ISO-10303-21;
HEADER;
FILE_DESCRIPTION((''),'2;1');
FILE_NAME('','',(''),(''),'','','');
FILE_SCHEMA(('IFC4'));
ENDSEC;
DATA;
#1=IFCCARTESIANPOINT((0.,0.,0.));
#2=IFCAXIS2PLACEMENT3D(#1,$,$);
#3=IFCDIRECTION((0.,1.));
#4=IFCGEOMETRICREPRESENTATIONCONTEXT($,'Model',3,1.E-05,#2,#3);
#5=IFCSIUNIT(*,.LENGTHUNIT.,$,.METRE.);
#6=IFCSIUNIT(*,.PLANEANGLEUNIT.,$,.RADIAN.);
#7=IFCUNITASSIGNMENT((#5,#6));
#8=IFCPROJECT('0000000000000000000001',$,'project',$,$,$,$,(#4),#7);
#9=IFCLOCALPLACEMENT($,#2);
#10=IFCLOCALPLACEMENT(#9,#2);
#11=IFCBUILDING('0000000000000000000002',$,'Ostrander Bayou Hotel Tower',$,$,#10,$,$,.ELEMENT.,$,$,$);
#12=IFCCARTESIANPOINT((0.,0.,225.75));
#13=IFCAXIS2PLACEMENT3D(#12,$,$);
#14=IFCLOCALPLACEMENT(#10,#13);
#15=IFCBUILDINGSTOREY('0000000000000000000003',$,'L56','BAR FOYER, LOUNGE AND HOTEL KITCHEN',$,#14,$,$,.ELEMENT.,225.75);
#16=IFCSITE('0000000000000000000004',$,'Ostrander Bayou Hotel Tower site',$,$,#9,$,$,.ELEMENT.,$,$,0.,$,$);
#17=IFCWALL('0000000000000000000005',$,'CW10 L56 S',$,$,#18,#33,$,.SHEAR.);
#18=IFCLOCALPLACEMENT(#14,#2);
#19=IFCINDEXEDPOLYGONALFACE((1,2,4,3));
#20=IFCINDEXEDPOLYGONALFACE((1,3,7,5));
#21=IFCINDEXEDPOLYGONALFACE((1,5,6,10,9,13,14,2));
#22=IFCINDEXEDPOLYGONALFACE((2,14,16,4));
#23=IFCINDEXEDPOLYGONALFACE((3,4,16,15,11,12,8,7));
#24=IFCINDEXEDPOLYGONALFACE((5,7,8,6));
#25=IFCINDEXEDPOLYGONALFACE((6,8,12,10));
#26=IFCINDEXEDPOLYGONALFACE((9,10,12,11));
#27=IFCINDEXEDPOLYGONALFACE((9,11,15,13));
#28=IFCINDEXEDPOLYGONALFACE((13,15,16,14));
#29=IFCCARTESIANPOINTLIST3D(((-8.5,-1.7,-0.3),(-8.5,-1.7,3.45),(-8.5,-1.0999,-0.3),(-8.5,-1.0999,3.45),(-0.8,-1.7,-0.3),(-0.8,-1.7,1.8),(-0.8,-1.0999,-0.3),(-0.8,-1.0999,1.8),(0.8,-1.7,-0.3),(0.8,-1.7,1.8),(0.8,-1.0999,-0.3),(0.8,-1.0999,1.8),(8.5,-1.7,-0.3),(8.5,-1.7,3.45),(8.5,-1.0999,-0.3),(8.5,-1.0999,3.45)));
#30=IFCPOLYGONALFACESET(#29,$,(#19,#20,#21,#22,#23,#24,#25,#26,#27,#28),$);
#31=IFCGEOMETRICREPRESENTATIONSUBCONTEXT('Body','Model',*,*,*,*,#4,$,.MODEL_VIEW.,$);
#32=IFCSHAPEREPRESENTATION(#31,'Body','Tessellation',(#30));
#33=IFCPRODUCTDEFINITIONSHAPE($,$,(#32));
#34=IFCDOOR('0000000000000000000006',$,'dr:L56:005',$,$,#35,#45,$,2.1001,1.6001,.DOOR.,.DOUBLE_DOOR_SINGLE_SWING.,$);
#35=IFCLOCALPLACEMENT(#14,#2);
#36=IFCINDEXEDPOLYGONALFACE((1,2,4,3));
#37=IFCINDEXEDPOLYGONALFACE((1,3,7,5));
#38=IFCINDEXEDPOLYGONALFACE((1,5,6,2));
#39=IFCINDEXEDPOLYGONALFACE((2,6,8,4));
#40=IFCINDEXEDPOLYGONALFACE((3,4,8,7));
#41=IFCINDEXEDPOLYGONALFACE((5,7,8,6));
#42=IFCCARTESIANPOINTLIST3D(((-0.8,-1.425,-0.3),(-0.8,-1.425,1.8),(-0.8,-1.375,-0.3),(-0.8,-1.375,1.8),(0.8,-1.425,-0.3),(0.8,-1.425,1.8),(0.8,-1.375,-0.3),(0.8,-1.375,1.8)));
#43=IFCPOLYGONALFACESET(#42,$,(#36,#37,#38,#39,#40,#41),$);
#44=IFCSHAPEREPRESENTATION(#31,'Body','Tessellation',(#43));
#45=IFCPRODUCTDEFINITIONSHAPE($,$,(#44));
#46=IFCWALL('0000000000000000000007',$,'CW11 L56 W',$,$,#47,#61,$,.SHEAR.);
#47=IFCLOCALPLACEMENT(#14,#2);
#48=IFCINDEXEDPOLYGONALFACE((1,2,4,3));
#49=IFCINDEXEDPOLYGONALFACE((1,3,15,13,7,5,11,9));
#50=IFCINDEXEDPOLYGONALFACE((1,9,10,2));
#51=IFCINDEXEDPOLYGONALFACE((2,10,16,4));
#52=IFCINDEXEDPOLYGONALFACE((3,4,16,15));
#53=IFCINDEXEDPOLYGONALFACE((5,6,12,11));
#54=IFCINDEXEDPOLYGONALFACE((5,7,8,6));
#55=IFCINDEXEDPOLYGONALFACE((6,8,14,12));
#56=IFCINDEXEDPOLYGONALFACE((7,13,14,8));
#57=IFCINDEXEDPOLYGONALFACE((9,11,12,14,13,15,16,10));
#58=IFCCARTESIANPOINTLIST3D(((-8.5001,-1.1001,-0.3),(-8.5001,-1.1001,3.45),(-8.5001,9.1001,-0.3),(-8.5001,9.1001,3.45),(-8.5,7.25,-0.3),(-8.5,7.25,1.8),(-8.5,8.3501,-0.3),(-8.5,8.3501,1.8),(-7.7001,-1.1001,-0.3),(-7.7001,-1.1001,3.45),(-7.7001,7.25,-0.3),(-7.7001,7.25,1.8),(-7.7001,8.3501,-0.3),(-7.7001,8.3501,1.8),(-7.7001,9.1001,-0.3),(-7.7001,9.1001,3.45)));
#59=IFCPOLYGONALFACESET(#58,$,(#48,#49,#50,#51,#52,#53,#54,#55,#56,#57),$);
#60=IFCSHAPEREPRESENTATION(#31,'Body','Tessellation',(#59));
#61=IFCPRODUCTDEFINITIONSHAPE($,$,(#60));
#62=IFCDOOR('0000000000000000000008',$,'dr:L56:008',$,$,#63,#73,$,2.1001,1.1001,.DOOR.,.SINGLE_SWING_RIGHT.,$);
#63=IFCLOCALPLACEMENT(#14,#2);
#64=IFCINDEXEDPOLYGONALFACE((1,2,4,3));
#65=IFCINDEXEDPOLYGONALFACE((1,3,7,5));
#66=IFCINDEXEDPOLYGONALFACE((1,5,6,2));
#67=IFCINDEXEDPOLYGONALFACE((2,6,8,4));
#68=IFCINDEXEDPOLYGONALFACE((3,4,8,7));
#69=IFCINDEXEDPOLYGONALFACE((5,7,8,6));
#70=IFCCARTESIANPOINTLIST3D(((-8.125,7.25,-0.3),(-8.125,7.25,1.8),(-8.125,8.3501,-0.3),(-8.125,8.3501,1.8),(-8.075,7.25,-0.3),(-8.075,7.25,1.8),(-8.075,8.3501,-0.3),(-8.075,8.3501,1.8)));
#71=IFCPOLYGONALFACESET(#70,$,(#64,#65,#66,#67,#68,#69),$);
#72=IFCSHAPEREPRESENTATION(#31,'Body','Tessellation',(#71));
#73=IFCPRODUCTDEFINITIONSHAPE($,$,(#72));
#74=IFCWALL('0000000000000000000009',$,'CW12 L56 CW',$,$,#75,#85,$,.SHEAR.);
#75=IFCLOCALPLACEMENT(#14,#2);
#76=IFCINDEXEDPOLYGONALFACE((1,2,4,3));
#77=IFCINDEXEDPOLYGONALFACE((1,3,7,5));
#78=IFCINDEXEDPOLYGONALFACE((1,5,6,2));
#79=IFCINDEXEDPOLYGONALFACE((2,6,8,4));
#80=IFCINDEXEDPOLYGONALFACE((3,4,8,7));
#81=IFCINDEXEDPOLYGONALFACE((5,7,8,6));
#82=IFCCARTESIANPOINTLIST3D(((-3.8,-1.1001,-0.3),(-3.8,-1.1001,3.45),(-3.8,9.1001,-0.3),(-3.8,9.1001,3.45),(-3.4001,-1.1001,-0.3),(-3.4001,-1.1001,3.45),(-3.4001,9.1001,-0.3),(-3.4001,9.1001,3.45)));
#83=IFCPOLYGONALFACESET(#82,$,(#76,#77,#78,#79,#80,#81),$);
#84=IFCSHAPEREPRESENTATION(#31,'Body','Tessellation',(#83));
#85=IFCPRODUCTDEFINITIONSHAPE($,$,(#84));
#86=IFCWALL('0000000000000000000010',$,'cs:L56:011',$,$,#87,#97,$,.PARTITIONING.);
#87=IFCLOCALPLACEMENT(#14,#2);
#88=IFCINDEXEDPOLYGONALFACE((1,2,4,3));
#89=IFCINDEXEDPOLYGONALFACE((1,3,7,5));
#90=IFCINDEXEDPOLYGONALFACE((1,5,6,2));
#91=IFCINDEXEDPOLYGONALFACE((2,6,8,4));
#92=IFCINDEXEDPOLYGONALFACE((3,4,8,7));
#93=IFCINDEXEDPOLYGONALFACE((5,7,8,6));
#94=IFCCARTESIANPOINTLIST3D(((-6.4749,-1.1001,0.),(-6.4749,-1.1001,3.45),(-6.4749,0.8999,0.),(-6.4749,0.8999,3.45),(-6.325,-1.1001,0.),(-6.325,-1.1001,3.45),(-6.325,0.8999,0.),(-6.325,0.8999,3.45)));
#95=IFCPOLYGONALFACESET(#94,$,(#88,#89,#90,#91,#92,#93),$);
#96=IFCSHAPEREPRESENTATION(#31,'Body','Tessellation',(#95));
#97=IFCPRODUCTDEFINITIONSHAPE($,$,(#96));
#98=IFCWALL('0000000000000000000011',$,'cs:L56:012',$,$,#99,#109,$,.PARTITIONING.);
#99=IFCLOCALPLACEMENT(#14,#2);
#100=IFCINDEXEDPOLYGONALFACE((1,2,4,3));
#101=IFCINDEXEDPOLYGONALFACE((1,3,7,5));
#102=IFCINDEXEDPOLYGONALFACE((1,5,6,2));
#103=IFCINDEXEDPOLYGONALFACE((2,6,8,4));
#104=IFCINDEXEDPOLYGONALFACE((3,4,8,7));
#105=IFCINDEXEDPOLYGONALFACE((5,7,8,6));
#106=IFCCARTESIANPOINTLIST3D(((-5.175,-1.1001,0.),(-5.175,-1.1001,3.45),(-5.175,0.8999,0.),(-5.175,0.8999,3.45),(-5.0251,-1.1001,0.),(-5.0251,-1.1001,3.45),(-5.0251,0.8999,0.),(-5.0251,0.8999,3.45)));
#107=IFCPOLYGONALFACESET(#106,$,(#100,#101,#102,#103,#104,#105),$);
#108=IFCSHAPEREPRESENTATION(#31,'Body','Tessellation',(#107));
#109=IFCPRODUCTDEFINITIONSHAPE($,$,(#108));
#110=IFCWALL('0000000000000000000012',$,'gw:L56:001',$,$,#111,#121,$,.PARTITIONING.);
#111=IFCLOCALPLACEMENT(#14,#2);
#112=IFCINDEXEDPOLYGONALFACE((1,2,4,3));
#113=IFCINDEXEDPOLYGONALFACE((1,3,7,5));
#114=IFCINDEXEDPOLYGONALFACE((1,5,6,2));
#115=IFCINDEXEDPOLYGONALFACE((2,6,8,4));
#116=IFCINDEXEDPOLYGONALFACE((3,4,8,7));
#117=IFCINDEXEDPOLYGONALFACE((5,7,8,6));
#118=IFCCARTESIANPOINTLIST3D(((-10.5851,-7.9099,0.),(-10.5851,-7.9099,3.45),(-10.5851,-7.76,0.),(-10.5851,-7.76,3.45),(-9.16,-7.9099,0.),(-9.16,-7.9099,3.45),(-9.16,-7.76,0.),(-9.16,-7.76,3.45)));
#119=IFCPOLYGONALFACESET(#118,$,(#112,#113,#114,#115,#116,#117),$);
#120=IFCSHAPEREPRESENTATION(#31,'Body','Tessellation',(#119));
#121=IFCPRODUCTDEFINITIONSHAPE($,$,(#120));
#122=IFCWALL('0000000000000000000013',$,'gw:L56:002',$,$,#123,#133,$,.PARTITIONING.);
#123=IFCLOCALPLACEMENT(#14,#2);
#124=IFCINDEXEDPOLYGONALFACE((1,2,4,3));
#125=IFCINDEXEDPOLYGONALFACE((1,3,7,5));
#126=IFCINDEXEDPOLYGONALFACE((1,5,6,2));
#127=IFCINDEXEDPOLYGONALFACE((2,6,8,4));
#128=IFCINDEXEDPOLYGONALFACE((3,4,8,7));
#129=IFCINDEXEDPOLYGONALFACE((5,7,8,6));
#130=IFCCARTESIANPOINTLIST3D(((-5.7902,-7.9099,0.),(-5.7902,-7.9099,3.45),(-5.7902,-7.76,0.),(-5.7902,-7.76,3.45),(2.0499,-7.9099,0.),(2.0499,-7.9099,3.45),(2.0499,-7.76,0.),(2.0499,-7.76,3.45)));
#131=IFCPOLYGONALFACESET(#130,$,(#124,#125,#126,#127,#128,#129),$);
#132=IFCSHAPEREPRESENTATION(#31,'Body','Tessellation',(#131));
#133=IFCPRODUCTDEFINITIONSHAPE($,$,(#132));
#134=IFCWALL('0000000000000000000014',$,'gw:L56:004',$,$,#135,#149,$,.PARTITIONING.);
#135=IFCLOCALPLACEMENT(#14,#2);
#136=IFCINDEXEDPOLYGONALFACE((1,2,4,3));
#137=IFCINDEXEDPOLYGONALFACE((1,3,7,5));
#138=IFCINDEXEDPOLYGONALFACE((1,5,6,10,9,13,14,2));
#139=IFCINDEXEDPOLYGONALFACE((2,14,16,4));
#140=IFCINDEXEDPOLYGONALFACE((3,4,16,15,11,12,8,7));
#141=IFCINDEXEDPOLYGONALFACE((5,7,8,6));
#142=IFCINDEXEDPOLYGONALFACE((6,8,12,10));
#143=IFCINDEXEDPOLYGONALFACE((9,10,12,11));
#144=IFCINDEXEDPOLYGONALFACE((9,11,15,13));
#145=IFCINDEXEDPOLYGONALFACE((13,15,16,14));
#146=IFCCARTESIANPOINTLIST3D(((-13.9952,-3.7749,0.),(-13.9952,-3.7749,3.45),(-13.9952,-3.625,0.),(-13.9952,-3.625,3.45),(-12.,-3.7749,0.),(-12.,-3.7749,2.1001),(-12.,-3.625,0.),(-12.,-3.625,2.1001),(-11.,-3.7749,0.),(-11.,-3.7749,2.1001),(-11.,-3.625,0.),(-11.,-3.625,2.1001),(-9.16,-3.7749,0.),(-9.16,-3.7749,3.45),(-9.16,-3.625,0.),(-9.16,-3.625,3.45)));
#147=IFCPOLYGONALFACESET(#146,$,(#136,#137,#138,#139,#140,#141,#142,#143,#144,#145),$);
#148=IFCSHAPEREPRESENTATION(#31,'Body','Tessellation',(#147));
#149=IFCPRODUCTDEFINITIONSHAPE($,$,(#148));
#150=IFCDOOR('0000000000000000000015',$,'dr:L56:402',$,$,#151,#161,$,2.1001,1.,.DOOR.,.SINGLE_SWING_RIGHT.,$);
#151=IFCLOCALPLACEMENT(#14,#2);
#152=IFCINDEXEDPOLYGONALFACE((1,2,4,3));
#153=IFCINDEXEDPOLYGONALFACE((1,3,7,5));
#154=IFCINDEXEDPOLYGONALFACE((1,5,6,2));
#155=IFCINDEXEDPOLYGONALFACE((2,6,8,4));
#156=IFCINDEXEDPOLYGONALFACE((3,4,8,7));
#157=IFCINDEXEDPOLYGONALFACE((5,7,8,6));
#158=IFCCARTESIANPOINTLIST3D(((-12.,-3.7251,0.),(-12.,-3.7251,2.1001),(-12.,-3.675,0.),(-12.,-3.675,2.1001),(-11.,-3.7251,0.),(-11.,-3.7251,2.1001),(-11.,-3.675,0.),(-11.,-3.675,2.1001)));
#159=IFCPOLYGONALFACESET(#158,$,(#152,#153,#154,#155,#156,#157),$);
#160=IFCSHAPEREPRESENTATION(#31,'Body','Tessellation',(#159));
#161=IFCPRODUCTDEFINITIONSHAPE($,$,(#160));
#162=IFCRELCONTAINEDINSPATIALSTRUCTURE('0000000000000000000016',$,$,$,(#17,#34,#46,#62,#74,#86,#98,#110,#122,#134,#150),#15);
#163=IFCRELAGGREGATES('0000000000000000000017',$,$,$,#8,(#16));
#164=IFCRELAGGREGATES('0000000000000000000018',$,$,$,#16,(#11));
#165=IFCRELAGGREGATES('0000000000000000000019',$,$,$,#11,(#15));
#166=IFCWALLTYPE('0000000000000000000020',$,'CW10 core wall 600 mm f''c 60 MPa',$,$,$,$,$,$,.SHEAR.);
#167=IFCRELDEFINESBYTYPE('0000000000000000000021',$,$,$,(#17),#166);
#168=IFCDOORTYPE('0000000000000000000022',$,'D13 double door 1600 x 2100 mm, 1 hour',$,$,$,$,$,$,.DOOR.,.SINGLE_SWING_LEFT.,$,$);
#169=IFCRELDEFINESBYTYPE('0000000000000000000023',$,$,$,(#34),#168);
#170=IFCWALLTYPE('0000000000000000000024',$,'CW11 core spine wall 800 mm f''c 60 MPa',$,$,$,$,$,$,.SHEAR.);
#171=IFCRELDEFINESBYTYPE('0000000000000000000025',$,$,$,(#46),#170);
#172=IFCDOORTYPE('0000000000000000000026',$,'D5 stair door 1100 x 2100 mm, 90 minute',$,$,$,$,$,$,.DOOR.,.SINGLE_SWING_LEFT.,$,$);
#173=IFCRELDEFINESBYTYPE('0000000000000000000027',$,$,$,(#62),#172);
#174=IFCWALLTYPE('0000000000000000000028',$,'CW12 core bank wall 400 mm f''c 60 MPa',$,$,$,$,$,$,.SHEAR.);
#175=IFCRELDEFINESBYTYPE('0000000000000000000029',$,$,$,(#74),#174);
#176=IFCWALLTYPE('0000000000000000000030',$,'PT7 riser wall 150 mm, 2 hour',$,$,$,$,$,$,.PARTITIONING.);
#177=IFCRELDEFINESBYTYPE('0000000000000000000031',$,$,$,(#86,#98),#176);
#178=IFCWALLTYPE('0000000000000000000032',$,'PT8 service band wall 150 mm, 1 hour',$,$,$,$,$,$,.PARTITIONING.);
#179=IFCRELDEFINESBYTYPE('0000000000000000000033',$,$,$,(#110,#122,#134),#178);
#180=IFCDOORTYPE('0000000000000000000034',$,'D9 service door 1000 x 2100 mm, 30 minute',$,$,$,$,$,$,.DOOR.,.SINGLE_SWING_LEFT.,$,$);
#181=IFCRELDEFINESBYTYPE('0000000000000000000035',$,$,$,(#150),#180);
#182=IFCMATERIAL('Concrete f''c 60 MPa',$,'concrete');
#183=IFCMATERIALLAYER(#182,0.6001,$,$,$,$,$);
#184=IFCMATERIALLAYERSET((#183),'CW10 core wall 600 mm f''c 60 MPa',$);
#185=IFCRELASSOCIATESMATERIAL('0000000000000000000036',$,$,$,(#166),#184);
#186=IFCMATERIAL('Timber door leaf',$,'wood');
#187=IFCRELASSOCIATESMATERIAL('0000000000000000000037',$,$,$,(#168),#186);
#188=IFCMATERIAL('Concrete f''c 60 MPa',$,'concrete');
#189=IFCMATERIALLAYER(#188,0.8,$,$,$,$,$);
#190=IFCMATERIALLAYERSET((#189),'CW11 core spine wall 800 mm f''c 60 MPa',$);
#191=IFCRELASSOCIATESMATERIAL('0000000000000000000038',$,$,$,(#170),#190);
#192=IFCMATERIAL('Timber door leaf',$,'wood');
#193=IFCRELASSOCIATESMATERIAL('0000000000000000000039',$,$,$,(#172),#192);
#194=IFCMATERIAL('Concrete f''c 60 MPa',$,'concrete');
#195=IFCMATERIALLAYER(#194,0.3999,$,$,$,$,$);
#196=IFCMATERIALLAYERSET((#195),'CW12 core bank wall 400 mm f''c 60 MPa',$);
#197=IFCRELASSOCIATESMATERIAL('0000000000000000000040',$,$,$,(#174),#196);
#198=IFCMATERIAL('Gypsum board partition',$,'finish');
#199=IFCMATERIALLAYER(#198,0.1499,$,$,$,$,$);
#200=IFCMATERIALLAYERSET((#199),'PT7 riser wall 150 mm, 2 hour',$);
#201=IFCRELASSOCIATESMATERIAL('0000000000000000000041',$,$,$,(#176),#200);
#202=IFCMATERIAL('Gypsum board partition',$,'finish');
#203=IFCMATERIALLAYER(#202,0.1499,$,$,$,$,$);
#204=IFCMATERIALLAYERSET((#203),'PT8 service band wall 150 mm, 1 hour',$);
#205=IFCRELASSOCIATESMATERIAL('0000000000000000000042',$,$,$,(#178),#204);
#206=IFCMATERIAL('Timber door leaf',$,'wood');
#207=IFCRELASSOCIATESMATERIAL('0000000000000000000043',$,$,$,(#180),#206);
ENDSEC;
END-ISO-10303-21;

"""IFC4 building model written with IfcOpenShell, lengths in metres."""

from ifc_helpers import new_model, si_unit, direction, frame, frame_2d, origin, place, context, subcontext, project, spatial, rectangle, extrude, material, layer, layer_set, type_object, element, fill, save


model = new_model("IFC4")

# Units and contexts
model_context = context("Model", 3, precision=1e-05, world=origin(), true_north=direction((0.0, 1.0)))
body_context = subcontext(model_context, "Body", "Model", "MODEL_VIEW")
ifc_project = project(units=[si_unit("LENGTHUNIT", "METRE"), si_unit("PLANEANGLEUNIT", "RADIAN")], contexts=[model_context])

# Site, building, storey
site_placement = place(None, origin())
site = spatial("IfcSite", under=ifc_project, at=site_placement, Name="Ostrander Bayou Hotel Tower site", CompositionType="ELEMENT", RefElevation=0.0)
building_placement = place(site_placement, origin())
building = spatial("IfcBuilding", under=site, at=building_placement, Name="Ostrander Bayou Hotel Tower", CompositionType="ELEMENT")
storey_placement = place(building_placement, frame((0.0, 0.0, 225.75)))
storey = spatial("IfcBuildingStorey", under=building, at=storey_placement, Name="L56", Description="BAR FOYER, LOUNGE AND HOTEL KITCHEN", CompositionType="ELEMENT", Elevation=225.75)

# Walls, openings, doors
ifc_material_1 = material(Name="Concrete f'c 60 MPa", Category="concrete")
ifc_layer_1 = layer(ifc_material_1, 0.6001)
ifc_layer_set_1 = layer_set([ifc_layer_1], Name="CW10 core wall 600 mm f'c 60 MPa")
wall_type_1 = type_object("IfcWallType", Name="CW10 core wall 600 mm f'c 60 MPa", PredefinedType="SHEAR", material=ifc_layer_set_1)
wall_1_placement = place(storey_placement, frame((-8.5, -1.3999, -0.3), z_axis=(0.0, 0.0, 1.0), x_axis=(1.0, 0.0, 0.0)))
wall_1 = element("IfcWall", 1, at=wall_1_placement, inside=storey, type_object=wall_type_1, Name="CW10 L56 S", PredefinedType="SHEAR", context=body_context, shape_type="SweptSolid", body=[
    extrude(rectangle(XDim=17.0, YDim=0.6001, at=frame_2d((8.5, 0.0))), origin(), (0.0, 0.0, 1.0), 3.75),
])
opening_1_placement = place(wall_1_placement, frame((7.7, 0.0, 0.0)))
opening_1 = element("IfcOpeningElement", 2, at=opening_1_placement, cuts=wall_1, PredefinedType="OPENING", context=body_context, shape_type="SweptSolid", body=[
    extrude(rectangle(XDim=1.6001, YDim=2.1001, at=frame_2d((0.8, 1.05))), frame((0.0, 0.3, 0.0), z_axis=(0.0, -1.0, 0.0), x_axis=(1.0, 0.0, 0.0)), (0.0, 0.0, 1.0), 0.6001),
])
ifc_material_2 = material(Name="Timber door leaf", Category="wood")
door_type_1 = type_object("IfcDoorType", Name="D13 double door 1600 x 2100 mm, 1 hour", OperationType="SINGLE_SWING_LEFT", PredefinedType="DOOR", material=ifc_material_2)
door_1_placement = place(opening_1_placement, origin())
door_1 = element("IfcDoor", 3, at=door_1_placement, inside=storey, type_object=door_type_1, Name="dr:L56:005", OperationType="DOUBLE_DOOR_SINGLE_SWING", OverallHeight=2.1001, OverallWidth=1.6001, PredefinedType="DOOR", context=body_context, shape_type="SweptSolid", body=[
    extrude(rectangle(XDim=1.6001, YDim=2.1001, at=frame_2d((0.8, 1.05))), frame((0.0, 0.0249, 0.0), z_axis=(0.0, -1.0, 0.0), x_axis=(1.0, 0.0, 0.0)), (0.0, 0.0, 1.0), 0.05),
])
fill(opening_1, door_1)
ifc_material_3 = material(Name="Concrete f'c 60 MPa", Category="concrete")
ifc_layer_2 = layer(ifc_material_3, 0.8)
ifc_layer_set_2 = layer_set([ifc_layer_2], Name="CW11 core spine wall 800 mm f'c 60 MPa")
wall_type_2 = type_object("IfcWallType", Name="CW11 core spine wall 800 mm f'c 60 MPa", PredefinedType="SHEAR", material=ifc_layer_set_2)
wall_2_placement = place(storey_placement, frame((-8.1001, -1.1001, -0.3), z_axis=(0.0, 0.0, 1.0), x_axis=(0.0, 1.0, 0.0)))
wall_2 = element("IfcWall", 4, at=wall_2_placement, inside=storey, type_object=wall_type_2, Name="CW11 L56 W", PredefinedType="SHEAR", context=body_context, shape_type="SweptSolid", body=[
    extrude(rectangle(XDim=10.2002, YDim=0.8, at=frame_2d((5.1001, 0.0))), origin(), (0.0, 0.0, 1.0), 3.75),
])
opening_2_placement = place(wall_2_placement, frame((8.3501, 0.0, 0.0)))
opening_2 = element("IfcOpeningElement", 5, at=opening_2_placement, cuts=wall_2, PredefinedType="OPENING", context=body_context, shape_type="SweptSolid", body=[
    extrude(rectangle(XDim=1.1001, YDim=2.1001, at=frame_2d((0.55, 1.05))), frame((0.0, 0.3999, 0.0), z_axis=(0.0, -1.0, 0.0), x_axis=(1.0, 0.0, 0.0)), (0.0, 0.0, 1.0), 0.8),
])
ifc_material_4 = material(Name="Timber door leaf", Category="wood")
door_type_2 = type_object("IfcDoorType", Name="D5 stair door 1100 x 2100 mm, 90 minute", OperationType="SINGLE_SWING_LEFT", PredefinedType="DOOR", material=ifc_material_4)
door_2_placement = place(opening_2_placement, origin())
door_2 = element("IfcDoor", 6, at=door_2_placement, inside=storey, type_object=door_type_2, Name="dr:L56:008", OperationType="SINGLE_SWING_RIGHT", OverallHeight=2.1001, OverallWidth=1.1001, PredefinedType="DOOR", context=body_context, shape_type="SweptSolid", body=[
    extrude(rectangle(XDim=1.1001, YDim=2.1001, at=frame_2d((0.55, 1.05))), frame((0.0, 0.0249, 0.0), z_axis=(0.0, -1.0, 0.0), x_axis=(1.0, 0.0, 0.0)), (0.0, 0.0, 1.0), 0.05),
])
fill(opening_2, door_2)

# Walls
ifc_material_5 = material(Name="Concrete f'c 60 MPa", Category="concrete")
ifc_layer_3 = layer(ifc_material_5, 0.3999)
ifc_layer_set_3 = layer_set([ifc_layer_3], Name="CW12 core bank wall 400 mm f'c 60 MPa")
wall_type_3 = type_object("IfcWallType", Name="CW12 core bank wall 400 mm f'c 60 MPa", PredefinedType="SHEAR", material=ifc_layer_set_3)
wall_3_placement = place(storey_placement, frame((-3.6001, -1.1001, -0.3), z_axis=(0.0, 0.0, 1.0), x_axis=(0.0, 1.0, 0.0)))
element("IfcWall", 7, at=wall_3_placement, inside=storey, type_object=wall_type_3, Name="CW12 L56 CW", PredefinedType="SHEAR", context=body_context, shape_type="SweptSolid", body=[
    extrude(rectangle(XDim=10.2002, YDim=0.3999, at=frame_2d((5.1001, 0.0))), origin(), (0.0, 0.0, 1.0), 3.75),
])
ifc_material_6 = material(Name="Gypsum board partition", Category="finish")
ifc_layer_4 = layer(ifc_material_6, 0.1499)
ifc_layer_set_4 = layer_set([ifc_layer_4], Name="PT7 riser wall 150 mm, 2 hour")
wall_type_4 = type_object("IfcWallType", Name="PT7 riser wall 150 mm, 2 hour", PredefinedType="PARTITIONING", material=ifc_layer_set_4)
for number, where, z_axis, x_axis, name in (
    (8, (-6.3999, -1.1001, 0.0), (0.0, 0.0, 1.0), (0.0, 1.0, 0.0), "cs:L56:011"),
    (9, (-5.1001, -1.1001, 0.0), (0.0, 0.0, 1.0), (0.0, 1.0, 0.0), "cs:L56:012"),
):
    element("IfcWall", number, at=place(storey_placement, frame(where, z_axis=z_axis, x_axis=x_axis)), inside=storey, type_object=wall_type_4, Name=name, PredefinedType="PARTITIONING", context=body_context, shape_type="SweptSolid", body=[
        extrude(rectangle(XDim=2.0, YDim=0.1499, at=frame_2d((1.0, 0.0))), origin(), (0.0, 0.0, 1.0), 3.45),
    ])
ifc_material_7 = material(Name="Gypsum board partition", Category="finish")
ifc_layer_5 = layer(ifc_material_7, 0.1499)
ifc_layer_set_5 = layer_set([ifc_layer_5], Name="PT8 service band wall 150 mm, 1 hour")
wall_type_5 = type_object("IfcWallType", Name="PT8 service band wall 150 mm, 1 hour", PredefinedType="PARTITIONING", material=ifc_layer_set_5)
wall_4_placement = place(storey_placement, frame((-10.585, -7.835, 0.0), z_axis=(0.0, 0.0, 1.0), x_axis=(1.0, 0.0, 0.0)))
element("IfcWall", 10, at=wall_4_placement, inside=storey, type_object=wall_type_5, Name="gw:L56:001", PredefinedType="PARTITIONING", context=body_context, shape_type="SweptSolid", body=[
    extrude(rectangle(XDim=1.425, YDim=0.1499, at=frame_2d((0.7124, 0.0))), origin(), (0.0, 0.0, 1.0), 3.45),
])
wall_5_placement = place(storey_placement, frame((-5.79, -7.835, 0.0), z_axis=(0.0, 0.0, 1.0), x_axis=(1.0, 0.0, 0.0)))
element("IfcWall", 11, at=wall_5_placement, inside=storey, type_object=wall_type_5, Name="gw:L56:002", PredefinedType="PARTITIONING", context=body_context, shape_type="SweptSolid", body=[
    extrude(rectangle(XDim=7.8401, YDim=0.1499, at=frame_2d((3.9199, 0.0))), origin(), (0.0, 0.0, 1.0), 3.45),
])

# Wall, opening, door
wall_6_placement = place(storey_placement, frame((-13.9951, -3.7, 0.0), z_axis=(0.0, 0.0, 1.0), x_axis=(1.0, 0.0, 0.0)))
wall_6 = element("IfcWall", 12, at=wall_6_placement, inside=storey, type_object=wall_type_5, Name="gw:L56:004", PredefinedType="PARTITIONING", context=body_context, shape_type="SweptSolid", body=[
    extrude(rectangle(XDim=4.8352, YDim=0.1499, at=frame_2d((2.4175, 0.0))), origin(), (0.0, 0.0, 1.0), 3.45),
])
opening_3_placement = place(wall_6_placement, frame((1.9951, 0.0, 0.0)))
opening_3 = element("IfcOpeningElement", 13, at=opening_3_placement, cuts=wall_6, PredefinedType="OPENING", context=body_context, shape_type="SweptSolid", body=[
    extrude(rectangle(XDim=1.0, YDim=2.1001, at=frame_2d((0.5, 1.05))), frame((0.0, 0.075, 0.0), z_axis=(0.0, -1.0, 0.0), x_axis=(1.0, 0.0, 0.0)), (0.0, 0.0, 1.0), 0.1499),
])
ifc_material_8 = material(Name="Timber door leaf", Category="wood")
door_type_3 = type_object("IfcDoorType", Name="D9 service door 1000 x 2100 mm, 30 minute", OperationType="SINGLE_SWING_LEFT", PredefinedType="DOOR", material=ifc_material_8)
door_3_placement = place(opening_3_placement, origin())
door_3 = element("IfcDoor", 14, at=door_3_placement, inside=storey, type_object=door_type_3, Name="dr:L56:402", OperationType="SINGLE_SWING_RIGHT", OverallHeight=2.1001, OverallWidth=1.0, PredefinedType="DOOR", context=body_context, shape_type="SweptSolid", body=[
    extrude(rectangle(XDim=1.0, YDim=2.1001, at=frame_2d((0.5, 1.05))), frame((0.0, 0.0249, 0.0), z_axis=(0.0, -1.0, 0.0), x_axis=(1.0, 0.0, 0.0)), (0.0, 0.0, 1.0), 0.05),
])
fill(opening_3, door_3)

save(model, "model.ifc")
